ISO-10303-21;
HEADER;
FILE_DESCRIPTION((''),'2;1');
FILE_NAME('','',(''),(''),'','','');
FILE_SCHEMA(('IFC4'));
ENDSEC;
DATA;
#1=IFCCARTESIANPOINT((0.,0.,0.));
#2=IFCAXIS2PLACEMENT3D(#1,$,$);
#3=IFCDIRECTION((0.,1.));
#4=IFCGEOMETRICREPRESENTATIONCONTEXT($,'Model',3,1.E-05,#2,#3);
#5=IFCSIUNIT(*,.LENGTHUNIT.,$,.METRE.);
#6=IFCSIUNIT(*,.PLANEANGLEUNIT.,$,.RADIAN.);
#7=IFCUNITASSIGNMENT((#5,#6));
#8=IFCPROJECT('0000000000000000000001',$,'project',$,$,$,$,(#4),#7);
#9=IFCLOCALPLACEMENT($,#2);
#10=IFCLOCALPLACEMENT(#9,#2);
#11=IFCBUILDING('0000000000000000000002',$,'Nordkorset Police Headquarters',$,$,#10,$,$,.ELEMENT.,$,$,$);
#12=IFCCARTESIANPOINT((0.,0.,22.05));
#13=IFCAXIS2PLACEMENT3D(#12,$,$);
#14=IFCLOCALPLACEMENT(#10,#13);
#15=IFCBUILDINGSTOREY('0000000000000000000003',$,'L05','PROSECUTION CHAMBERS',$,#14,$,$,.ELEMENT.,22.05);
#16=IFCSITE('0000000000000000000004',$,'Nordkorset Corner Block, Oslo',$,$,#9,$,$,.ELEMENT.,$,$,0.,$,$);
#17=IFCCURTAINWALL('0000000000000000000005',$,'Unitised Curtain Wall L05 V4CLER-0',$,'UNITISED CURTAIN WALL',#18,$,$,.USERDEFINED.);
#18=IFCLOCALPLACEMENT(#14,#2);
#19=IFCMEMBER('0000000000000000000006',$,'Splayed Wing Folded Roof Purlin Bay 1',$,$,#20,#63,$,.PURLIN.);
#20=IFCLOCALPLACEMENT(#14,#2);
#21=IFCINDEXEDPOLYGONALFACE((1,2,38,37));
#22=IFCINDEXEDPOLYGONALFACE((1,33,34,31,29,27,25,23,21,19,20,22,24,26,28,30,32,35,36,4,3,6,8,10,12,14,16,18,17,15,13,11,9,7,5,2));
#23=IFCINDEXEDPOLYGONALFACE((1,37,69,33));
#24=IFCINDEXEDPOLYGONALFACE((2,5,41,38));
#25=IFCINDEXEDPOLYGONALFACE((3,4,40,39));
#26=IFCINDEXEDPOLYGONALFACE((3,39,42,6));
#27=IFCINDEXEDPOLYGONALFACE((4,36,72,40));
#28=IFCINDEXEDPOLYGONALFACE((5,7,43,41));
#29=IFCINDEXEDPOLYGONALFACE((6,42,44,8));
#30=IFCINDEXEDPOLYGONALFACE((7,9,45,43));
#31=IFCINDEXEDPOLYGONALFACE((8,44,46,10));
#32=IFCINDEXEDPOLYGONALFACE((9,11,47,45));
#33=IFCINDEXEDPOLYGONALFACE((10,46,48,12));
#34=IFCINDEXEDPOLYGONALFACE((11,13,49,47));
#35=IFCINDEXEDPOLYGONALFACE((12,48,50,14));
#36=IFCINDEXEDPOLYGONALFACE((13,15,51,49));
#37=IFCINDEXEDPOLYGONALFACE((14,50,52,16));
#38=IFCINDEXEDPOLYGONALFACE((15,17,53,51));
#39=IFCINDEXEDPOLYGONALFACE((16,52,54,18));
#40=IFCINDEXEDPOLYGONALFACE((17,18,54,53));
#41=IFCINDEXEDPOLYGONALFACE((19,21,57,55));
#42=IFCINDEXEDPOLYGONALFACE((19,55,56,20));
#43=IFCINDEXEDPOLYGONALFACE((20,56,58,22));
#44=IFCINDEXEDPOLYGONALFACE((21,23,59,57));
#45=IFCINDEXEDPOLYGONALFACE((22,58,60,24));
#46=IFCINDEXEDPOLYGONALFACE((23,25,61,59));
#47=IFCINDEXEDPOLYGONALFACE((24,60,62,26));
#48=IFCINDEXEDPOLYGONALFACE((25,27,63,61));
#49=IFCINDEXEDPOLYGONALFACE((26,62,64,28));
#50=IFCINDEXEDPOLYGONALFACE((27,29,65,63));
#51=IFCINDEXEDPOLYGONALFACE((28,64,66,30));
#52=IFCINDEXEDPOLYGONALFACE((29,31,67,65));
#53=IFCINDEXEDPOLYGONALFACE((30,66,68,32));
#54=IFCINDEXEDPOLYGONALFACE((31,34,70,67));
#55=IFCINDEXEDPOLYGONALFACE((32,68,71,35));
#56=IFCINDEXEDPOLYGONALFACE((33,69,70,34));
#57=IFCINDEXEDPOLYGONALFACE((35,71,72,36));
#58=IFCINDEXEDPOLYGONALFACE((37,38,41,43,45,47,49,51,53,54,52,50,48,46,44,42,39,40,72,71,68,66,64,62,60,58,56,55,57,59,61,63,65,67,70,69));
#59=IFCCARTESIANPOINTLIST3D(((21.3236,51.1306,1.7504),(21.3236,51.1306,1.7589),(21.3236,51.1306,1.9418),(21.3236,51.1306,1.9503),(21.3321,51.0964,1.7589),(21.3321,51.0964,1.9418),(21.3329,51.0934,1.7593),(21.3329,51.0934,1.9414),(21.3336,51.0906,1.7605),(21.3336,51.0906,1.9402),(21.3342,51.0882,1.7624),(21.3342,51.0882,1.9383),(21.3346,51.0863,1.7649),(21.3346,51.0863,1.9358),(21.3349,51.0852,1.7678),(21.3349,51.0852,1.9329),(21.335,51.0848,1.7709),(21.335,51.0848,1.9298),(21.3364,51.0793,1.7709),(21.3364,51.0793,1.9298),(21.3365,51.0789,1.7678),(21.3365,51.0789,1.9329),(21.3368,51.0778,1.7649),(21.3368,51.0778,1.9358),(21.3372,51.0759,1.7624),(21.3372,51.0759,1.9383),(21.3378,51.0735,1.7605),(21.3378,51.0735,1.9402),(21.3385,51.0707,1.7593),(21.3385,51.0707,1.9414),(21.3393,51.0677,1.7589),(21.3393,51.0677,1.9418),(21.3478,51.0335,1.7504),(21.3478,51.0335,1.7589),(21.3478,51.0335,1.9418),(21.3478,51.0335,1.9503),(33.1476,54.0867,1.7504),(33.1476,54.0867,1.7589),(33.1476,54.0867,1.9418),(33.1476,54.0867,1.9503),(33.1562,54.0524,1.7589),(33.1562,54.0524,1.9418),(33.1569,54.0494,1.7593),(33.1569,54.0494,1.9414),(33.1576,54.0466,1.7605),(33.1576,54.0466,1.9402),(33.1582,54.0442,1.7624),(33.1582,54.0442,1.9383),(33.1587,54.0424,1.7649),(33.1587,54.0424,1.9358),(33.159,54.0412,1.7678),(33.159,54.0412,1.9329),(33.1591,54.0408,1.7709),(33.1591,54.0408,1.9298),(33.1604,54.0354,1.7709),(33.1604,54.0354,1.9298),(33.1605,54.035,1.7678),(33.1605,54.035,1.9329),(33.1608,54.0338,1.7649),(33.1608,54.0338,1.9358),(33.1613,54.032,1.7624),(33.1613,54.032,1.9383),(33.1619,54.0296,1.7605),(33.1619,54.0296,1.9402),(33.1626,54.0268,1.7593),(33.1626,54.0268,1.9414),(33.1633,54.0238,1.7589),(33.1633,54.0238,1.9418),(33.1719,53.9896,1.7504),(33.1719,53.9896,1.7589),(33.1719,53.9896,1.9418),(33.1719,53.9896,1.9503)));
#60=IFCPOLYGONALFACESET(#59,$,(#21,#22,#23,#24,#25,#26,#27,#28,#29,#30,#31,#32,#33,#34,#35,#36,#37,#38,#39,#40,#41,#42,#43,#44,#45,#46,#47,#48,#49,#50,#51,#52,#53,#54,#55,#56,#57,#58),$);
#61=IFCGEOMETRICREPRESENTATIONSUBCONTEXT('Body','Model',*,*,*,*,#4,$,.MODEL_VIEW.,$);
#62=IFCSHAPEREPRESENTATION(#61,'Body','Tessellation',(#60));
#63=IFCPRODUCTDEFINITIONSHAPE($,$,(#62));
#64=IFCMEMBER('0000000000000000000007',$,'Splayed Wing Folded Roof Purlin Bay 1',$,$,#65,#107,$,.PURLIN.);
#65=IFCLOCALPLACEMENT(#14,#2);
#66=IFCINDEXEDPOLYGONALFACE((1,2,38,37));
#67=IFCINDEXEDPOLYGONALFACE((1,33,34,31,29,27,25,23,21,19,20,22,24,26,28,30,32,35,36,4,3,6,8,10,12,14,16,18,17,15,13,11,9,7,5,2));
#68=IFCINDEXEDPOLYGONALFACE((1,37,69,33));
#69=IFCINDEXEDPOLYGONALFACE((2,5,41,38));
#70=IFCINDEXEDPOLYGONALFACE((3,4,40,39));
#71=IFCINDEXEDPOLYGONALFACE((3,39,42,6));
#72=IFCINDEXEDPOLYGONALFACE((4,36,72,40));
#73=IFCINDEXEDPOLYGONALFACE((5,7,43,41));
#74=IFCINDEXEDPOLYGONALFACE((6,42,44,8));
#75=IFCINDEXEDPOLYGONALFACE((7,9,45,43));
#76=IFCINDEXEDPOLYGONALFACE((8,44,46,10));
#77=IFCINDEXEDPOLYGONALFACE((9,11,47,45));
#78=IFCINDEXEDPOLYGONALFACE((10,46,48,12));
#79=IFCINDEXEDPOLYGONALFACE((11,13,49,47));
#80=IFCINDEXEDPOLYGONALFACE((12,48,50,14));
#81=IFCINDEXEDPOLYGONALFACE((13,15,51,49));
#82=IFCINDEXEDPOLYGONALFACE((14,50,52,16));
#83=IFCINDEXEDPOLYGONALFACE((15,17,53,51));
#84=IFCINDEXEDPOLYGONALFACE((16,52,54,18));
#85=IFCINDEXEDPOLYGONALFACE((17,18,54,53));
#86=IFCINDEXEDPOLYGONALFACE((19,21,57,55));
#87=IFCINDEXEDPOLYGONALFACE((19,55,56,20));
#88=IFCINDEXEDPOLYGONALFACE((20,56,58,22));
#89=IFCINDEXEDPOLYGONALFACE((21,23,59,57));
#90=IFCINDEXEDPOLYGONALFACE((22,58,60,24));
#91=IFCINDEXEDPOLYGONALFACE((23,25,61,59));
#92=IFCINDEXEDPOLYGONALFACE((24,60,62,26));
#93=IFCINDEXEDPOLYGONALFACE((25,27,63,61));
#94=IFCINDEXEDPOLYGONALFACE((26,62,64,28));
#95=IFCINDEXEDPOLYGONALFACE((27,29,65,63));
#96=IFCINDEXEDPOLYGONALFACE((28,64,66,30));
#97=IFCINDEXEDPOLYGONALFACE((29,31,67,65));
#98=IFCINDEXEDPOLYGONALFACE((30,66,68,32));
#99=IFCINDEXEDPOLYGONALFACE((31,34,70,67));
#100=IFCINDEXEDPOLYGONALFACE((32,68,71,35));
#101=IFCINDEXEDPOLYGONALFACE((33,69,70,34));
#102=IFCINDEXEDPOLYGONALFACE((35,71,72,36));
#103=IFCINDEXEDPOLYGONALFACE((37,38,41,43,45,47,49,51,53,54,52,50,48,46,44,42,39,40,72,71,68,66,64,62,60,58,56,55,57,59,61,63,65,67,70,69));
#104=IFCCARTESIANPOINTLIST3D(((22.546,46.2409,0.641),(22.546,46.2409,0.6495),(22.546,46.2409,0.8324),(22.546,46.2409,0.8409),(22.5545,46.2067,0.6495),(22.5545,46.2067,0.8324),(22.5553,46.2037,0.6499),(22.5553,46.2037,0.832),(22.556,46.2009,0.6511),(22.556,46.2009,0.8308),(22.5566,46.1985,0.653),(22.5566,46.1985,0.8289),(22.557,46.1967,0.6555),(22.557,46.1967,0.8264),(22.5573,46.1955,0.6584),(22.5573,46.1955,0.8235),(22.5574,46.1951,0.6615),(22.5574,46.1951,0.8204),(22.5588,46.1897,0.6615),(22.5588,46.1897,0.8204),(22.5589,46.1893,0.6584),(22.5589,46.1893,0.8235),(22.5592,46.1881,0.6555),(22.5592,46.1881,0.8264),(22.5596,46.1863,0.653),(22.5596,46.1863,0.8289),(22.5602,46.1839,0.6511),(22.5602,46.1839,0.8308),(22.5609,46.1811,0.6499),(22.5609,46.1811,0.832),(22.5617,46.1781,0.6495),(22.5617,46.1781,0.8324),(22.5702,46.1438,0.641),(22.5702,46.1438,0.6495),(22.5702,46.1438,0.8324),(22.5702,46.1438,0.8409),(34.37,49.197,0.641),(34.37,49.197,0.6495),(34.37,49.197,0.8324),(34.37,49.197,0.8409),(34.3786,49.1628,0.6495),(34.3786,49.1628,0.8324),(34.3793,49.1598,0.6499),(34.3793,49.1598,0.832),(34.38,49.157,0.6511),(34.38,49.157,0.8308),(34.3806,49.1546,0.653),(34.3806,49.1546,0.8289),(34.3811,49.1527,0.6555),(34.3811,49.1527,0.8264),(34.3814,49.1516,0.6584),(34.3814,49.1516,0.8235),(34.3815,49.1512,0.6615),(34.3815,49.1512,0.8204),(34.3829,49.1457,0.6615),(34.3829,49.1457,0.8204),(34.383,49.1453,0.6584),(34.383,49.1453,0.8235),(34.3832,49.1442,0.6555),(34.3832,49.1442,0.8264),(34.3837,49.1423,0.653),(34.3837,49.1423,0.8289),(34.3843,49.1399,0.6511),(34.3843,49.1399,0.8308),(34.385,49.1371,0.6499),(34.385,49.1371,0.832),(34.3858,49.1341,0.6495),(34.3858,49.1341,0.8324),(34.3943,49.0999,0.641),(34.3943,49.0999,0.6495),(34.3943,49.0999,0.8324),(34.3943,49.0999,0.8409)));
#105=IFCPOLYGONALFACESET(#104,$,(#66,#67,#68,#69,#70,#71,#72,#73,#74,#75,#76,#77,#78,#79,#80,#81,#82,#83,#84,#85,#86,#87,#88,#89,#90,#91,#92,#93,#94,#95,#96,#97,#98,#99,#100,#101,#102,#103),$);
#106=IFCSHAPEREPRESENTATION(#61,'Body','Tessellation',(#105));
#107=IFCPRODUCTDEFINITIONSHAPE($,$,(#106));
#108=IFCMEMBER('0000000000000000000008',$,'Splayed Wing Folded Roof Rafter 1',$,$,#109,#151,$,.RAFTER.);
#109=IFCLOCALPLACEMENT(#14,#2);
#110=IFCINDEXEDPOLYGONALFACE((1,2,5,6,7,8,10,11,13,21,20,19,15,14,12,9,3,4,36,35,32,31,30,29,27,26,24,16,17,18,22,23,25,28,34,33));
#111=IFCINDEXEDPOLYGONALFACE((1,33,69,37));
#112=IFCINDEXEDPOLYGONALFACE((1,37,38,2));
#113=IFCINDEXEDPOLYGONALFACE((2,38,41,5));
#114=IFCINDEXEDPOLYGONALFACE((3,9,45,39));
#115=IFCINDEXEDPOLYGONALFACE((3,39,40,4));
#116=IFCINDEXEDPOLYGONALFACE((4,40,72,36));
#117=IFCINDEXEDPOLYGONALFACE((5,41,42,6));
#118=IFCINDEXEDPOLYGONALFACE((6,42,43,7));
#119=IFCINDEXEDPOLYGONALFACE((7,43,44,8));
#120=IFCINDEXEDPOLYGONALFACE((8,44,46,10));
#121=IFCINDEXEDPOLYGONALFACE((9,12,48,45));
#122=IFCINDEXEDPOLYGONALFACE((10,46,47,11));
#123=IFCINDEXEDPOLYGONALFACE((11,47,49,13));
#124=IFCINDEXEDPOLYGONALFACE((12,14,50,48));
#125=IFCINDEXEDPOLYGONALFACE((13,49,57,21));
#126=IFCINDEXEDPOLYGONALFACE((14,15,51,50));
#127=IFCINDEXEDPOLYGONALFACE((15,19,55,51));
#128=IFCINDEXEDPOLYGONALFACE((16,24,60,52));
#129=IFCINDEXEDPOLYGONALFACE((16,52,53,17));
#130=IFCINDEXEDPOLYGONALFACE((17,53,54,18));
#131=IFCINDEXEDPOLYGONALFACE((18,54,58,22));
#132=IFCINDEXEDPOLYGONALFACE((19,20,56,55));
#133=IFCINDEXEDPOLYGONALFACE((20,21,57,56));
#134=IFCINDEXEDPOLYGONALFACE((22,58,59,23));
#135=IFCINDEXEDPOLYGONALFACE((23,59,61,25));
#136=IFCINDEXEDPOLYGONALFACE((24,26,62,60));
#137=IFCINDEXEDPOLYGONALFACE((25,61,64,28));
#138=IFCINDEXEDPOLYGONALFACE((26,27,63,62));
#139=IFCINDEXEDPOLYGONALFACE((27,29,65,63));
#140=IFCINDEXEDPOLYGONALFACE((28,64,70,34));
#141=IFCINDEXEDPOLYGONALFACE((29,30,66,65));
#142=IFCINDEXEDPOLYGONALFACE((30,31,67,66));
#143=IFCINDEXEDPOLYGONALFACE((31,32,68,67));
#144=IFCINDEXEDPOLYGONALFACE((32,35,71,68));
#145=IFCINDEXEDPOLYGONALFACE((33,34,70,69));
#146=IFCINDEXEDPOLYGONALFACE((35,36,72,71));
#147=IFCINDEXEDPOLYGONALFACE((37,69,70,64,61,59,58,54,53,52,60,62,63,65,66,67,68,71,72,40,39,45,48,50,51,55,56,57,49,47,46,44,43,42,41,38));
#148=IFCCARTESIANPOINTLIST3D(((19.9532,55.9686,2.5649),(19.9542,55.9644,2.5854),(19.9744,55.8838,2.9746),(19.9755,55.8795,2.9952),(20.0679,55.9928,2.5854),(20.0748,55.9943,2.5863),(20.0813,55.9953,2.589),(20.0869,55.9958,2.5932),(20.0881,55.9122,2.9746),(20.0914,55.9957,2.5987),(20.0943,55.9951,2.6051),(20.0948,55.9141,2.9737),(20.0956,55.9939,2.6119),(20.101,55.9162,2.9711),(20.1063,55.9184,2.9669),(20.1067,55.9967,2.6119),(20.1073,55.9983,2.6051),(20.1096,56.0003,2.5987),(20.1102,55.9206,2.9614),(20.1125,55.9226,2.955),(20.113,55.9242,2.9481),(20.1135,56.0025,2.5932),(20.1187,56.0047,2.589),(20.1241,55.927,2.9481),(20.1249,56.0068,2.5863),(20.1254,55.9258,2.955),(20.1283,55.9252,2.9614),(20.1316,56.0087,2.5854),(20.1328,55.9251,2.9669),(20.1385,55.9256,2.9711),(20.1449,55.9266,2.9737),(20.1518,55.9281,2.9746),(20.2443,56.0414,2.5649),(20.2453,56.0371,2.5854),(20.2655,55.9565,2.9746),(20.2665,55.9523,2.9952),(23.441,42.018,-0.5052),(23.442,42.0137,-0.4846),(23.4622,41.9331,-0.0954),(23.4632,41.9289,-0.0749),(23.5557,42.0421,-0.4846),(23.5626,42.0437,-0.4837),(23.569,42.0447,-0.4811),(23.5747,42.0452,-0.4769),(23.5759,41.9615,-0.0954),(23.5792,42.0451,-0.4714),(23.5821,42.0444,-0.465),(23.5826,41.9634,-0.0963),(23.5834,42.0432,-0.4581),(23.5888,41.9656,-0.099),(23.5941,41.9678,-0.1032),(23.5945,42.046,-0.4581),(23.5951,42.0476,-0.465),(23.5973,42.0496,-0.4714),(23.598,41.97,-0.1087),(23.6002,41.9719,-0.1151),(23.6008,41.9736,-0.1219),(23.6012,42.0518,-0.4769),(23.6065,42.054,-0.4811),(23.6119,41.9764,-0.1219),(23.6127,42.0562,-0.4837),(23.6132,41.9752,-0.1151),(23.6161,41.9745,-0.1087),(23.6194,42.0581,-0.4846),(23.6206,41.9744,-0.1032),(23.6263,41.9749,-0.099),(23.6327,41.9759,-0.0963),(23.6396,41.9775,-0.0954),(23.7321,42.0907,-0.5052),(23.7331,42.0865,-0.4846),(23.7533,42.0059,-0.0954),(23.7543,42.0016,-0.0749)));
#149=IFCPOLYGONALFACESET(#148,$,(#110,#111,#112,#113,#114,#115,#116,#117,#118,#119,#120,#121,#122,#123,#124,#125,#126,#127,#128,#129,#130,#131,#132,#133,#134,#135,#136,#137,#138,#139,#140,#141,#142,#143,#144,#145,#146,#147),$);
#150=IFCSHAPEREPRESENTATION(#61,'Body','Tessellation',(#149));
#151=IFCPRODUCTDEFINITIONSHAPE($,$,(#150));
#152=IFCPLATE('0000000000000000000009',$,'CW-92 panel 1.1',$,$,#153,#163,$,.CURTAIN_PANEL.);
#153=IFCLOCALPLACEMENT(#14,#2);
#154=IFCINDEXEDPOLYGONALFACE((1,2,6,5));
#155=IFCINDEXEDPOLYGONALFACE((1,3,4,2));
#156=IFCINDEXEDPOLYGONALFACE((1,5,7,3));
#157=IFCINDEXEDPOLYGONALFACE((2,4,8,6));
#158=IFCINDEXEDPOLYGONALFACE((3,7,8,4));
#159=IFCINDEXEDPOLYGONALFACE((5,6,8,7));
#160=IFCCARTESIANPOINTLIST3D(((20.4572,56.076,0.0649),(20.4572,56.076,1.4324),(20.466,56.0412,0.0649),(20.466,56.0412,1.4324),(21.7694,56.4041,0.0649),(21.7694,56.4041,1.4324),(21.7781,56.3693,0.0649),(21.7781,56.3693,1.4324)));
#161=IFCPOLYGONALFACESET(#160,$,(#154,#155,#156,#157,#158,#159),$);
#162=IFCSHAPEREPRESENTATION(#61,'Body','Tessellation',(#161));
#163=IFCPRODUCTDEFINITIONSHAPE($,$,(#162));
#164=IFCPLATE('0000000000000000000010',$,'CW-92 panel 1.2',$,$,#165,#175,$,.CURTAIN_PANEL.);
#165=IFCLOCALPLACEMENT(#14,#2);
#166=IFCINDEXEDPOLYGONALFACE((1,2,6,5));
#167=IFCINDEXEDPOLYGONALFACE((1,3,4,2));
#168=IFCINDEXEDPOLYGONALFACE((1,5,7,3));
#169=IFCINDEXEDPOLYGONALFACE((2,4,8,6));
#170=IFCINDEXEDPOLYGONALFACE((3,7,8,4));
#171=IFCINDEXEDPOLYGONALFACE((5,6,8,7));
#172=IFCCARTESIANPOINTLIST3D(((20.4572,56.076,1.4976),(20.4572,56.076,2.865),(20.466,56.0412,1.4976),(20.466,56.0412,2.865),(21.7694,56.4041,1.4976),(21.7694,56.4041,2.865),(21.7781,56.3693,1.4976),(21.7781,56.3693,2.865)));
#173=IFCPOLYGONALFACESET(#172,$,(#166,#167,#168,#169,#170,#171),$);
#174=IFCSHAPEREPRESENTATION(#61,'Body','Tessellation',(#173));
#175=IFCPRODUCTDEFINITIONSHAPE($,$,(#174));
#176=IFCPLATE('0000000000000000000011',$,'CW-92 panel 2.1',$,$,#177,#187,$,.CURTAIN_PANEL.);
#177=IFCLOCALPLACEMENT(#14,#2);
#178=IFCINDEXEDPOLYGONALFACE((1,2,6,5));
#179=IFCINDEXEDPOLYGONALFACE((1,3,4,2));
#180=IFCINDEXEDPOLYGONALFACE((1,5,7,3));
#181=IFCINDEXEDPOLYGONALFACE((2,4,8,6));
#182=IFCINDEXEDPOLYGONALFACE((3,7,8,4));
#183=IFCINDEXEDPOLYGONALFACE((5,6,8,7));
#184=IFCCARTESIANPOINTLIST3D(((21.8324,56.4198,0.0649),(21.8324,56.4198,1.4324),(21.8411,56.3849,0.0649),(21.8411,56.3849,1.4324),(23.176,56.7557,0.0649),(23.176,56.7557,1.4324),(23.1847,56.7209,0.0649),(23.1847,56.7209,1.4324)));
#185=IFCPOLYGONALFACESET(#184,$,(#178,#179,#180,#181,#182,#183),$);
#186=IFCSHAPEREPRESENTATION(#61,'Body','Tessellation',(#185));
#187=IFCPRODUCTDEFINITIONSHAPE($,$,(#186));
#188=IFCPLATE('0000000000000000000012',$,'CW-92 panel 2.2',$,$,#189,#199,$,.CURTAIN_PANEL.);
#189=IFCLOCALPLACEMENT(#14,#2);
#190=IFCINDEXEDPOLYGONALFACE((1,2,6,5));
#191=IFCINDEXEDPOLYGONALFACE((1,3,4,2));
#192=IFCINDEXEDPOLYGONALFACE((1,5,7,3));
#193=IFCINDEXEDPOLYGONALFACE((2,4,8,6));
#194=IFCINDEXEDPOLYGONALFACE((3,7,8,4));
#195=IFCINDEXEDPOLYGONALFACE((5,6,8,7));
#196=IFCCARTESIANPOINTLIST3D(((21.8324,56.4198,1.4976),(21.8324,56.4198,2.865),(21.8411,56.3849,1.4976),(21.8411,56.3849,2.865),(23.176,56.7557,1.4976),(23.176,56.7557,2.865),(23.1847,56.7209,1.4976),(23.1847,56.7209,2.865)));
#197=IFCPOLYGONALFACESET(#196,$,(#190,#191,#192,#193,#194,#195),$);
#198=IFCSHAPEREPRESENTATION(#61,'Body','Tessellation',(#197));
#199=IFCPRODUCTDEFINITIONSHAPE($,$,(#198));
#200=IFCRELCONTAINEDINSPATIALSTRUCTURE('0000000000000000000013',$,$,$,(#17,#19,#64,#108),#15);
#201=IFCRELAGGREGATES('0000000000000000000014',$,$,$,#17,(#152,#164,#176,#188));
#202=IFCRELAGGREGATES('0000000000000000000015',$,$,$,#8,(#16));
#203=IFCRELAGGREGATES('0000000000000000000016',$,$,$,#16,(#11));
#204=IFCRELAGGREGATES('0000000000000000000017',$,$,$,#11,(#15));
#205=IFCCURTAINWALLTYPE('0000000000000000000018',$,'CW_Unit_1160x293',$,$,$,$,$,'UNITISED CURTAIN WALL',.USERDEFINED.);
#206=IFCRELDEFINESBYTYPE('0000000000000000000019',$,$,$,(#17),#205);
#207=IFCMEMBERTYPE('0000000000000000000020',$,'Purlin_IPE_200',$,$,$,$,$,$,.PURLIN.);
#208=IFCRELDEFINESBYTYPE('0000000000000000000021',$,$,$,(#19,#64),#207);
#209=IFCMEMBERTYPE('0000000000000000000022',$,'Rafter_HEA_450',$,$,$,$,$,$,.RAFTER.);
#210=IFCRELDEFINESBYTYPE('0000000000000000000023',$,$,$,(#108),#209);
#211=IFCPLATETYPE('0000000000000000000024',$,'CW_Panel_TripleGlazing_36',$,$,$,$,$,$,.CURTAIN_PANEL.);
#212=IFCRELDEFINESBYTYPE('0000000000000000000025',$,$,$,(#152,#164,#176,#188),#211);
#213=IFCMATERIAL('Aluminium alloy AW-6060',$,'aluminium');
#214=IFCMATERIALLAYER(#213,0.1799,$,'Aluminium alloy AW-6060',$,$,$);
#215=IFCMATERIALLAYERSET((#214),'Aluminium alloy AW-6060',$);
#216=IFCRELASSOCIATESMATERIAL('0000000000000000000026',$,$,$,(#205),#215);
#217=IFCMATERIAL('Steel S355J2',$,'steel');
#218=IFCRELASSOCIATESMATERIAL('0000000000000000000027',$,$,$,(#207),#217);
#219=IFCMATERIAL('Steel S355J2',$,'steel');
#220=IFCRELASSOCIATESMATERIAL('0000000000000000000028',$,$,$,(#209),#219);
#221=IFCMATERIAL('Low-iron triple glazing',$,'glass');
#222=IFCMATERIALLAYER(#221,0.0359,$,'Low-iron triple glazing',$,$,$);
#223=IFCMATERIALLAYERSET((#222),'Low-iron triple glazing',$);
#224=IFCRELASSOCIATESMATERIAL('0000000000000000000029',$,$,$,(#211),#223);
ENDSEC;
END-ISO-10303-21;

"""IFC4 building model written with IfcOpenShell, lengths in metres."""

from ifc_helpers import new_model, si_unit, direction, frame, origin, origin_2d, place, context, subcontext, project, spatial, rectangle, i_section, extrude, material, layer, layer_set, material_profile, profile_set, type_object, element, aggregate, save


model = new_model("IFC4")

# Units and contexts
model_context = context("Model", 3, precision=1e-05, world=origin(), true_north=direction((0.0, 1.0)))
body_context = subcontext(model_context, "Body", "Model", "MODEL_VIEW")
ifc_project = project(units=[si_unit("LENGTHUNIT", "METRE"), si_unit("PLANEANGLEUNIT", "RADIAN")], contexts=[model_context])

# Site, building, storey
site_placement = place(None, origin())
site = spatial("IfcSite", under=ifc_project, at=site_placement, Name="Nordkorset Corner Block, Oslo", CompositionType="ELEMENT", RefElevation=0.0)
building_placement = place(site_placement, origin())
building = spatial("IfcBuilding", under=site, at=building_placement, Name="Nordkorset Police Headquarters", CompositionType="ELEMENT")
storey_placement = place(building_placement, frame((0.0, 0.0, 22.05)))
storey = spatial("IfcBuildingStorey", under=building, at=storey_placement, Name="L05", Description="PROSECUTION CHAMBERS", CompositionType="ELEMENT", Elevation=22.05)

# Curtain wall
ifc_material_1 = material(Name="Aluminium alloy AW-6060", Category="aluminium")
ifc_layer_1 = layer(ifc_material_1, 0.1799, Name="Aluminium alloy AW-6060")
ifc_layer_set_1 = layer_set([ifc_layer_1], Name="Aluminium alloy AW-6060")
curtain_wall_type = type_object("IfcCurtainWallType", Name="CW_Unit_1160x293", ElementType="UNITISED CURTAIN WALL", PredefinedType="USERDEFINED", material=ifc_layer_set_1)
curtain_wall_placement = place(storey_placement, origin())
curtain_wall = element("IfcCurtainWall", 1, at=curtain_wall_placement, inside=storey, type_object=curtain_wall_type, Name="Unitised Curtain Wall L05 V4CLER-0", ObjectType="UNITISED CURTAIN WALL", PredefinedType="USERDEFINED")

# Members
ifc_material_2 = material(Name="Steel S355J2", Category="steel")
ifc_material_profile_1 = material_profile(ifc_material_2, i_section(OverallWidth=0.1001, OverallDepth=0.2, WebThickness=0.0056, FlangeThickness=0.0085, FilletRadius=0.012, at=origin_2d()), Name="IPE 200")
ifc_profile_set_1 = profile_set([ifc_material_profile_1], Name="Steel S355J2")
member_type_1 = type_object("IfcMemberType", Name="Purlin_IPE_200", PredefinedType="PURLIN", material=ifc_profile_set_1)
for number, where, z_axis, x_axis, name in (
    (2, (21.3357, 51.082, 1.8503), (0.970141, 0.24254, 0.0), (-0.24254, 0.970141, 0.0), "Splayed Wing Folded Roof Purlin Bay 1"),
    (3, (22.5581, 46.1924, 0.741), (0.970141, 0.24254, 0.0), (-0.24254, 0.970141, 0.0), "Splayed Wing Folded Roof Purlin Bay 1"),
):
    element("IfcMember", number, at=place(storey_placement, frame(where, z_axis=z_axis, x_axis=x_axis)), inside=storey, type_object=member_type_1, Name=name, PredefinedType="PURLIN", context=body_context, shape_type="SweptSolid", body=[
        extrude(i_section(OverallWidth=0.1001, OverallDepth=0.2, WebThickness=0.0056, FlangeThickness=0.0085, FilletRadius=0.012, at=origin_2d()), origin(), (0.0, 0.0, 1.0), 12.188),
    ])
ifc_material_3 = material(Name="Steel S355J2", Category="steel")
ifc_material_profile_2 = material_profile(ifc_material_3, i_section(OverallWidth=0.3, OverallDepth=0.4399, WebThickness=0.0115, FlangeThickness=0.021, FilletRadius=0.0271, at=origin_2d()), Name="HEA 450")
ifc_profile_set_2 = profile_set([ifc_material_profile_2], Name="Steel S355J2")
member_type_2 = type_object("IfcMemberType", Name="Rafter_HEA_450", PredefinedType="RAFTER", material=ifc_profile_set_2)
member_1_placement = place(storey_placement, frame((20.1099, 55.9604, 2.78), z_axis=(0.237198, -0.948759, -0.208789), x_axis=(0.970141, 0.242544, 0.0)))
element("IfcMember", 4, at=member_1_placement, inside=storey, type_object=member_type_2, Name="Splayed Wing Folded Roof Rafter 1", PredefinedType="RAFTER", context=body_context, shape_type="SweptSolid", body=[
    extrude(i_section(OverallWidth=0.3, OverallDepth=0.4399, WebThickness=0.0115, FlangeThickness=0.021, FilletRadius=0.0271, at=origin_2d()), origin(), (0.0, 0.0, 1.0), 14.7041),
])

# Plates
ifc_material_4 = material(Name="Low-iron triple glazing", Category="glass")
ifc_layer_2 = layer(ifc_material_4, 0.0359, Name="Low-iron triple glazing")
ifc_layer_set_2 = layer_set([ifc_layer_2], Name="Low-iron triple glazing")
plate_type = type_object("IfcPlateType", Name="CW_Panel_TripleGlazing_36", PredefinedType="CURTAIN_PANEL", material=ifc_layer_set_2)
plate_1_placement = place(storey_placement, frame((21.1177, 56.2227, 0.0649), z_axis=(0.0, 0.0, 1.0), x_axis=(0.970142, 0.242536, 0.0)))
plate_1 = element("IfcPlate", 5, at=plate_1_placement, type_object=plate_type, Name="CW-92 panel 1.1", PredefinedType="CURTAIN_PANEL", context=body_context, shape_type="SweptSolid", body=[
    extrude(rectangle(XDim=1.3525, YDim=0.0359, at=origin_2d()), origin(), (0.0, 0.0, 1.0), 1.3674),
])
plate_2_placement = place(storey_placement, frame((21.1177, 56.2227, 1.4976), z_axis=(0.0, 0.0, 1.0), x_axis=(0.970142, 0.242536, 0.0)))
plate_2 = element("IfcPlate", 6, at=plate_2_placement, type_object=plate_type, Name="CW-92 panel 1.2", PredefinedType="CURTAIN_PANEL", context=body_context, shape_type="SweptSolid", body=[
    extrude(rectangle(XDim=1.3525, YDim=0.0359, at=origin_2d()), origin(), (0.0, 0.0, 1.0), 1.3674),
])
plate_3_placement = place(storey_placement, frame((22.5085, 56.5703, 0.0649), z_axis=(0.0, 0.0, 1.0), x_axis=(0.970142, 0.242536, 0.0)))
plate_3 = element("IfcPlate", 7, at=plate_3_placement, type_object=plate_type, Name="CW-92 panel 2.1", PredefinedType="CURTAIN_PANEL", context=body_context, shape_type="SweptSolid", body=[
    extrude(rectangle(XDim=1.385, YDim=0.0359, at=origin_2d()), origin(), (0.0, 0.0, 1.0), 1.3674),
])
plate_4_placement = place(storey_placement, frame((22.5085, 56.5703, 1.4976), z_axis=(0.0, 0.0, 1.0), x_axis=(0.970142, 0.242536, 0.0)))
plate_4 = element("IfcPlate", 8, at=plate_4_placement, type_object=plate_type, Name="CW-92 panel 2.2", PredefinedType="CURTAIN_PANEL", context=body_context, shape_type="SweptSolid", body=[
    extrude(rectangle(XDim=1.385, YDim=0.0359, at=origin_2d()), origin(), (0.0, 0.0, 1.0), 1.3674),
])
aggregate(curtain_wall, [plate_1, plate_2, plate_3, plate_4])

save(model, "model.ifc")
